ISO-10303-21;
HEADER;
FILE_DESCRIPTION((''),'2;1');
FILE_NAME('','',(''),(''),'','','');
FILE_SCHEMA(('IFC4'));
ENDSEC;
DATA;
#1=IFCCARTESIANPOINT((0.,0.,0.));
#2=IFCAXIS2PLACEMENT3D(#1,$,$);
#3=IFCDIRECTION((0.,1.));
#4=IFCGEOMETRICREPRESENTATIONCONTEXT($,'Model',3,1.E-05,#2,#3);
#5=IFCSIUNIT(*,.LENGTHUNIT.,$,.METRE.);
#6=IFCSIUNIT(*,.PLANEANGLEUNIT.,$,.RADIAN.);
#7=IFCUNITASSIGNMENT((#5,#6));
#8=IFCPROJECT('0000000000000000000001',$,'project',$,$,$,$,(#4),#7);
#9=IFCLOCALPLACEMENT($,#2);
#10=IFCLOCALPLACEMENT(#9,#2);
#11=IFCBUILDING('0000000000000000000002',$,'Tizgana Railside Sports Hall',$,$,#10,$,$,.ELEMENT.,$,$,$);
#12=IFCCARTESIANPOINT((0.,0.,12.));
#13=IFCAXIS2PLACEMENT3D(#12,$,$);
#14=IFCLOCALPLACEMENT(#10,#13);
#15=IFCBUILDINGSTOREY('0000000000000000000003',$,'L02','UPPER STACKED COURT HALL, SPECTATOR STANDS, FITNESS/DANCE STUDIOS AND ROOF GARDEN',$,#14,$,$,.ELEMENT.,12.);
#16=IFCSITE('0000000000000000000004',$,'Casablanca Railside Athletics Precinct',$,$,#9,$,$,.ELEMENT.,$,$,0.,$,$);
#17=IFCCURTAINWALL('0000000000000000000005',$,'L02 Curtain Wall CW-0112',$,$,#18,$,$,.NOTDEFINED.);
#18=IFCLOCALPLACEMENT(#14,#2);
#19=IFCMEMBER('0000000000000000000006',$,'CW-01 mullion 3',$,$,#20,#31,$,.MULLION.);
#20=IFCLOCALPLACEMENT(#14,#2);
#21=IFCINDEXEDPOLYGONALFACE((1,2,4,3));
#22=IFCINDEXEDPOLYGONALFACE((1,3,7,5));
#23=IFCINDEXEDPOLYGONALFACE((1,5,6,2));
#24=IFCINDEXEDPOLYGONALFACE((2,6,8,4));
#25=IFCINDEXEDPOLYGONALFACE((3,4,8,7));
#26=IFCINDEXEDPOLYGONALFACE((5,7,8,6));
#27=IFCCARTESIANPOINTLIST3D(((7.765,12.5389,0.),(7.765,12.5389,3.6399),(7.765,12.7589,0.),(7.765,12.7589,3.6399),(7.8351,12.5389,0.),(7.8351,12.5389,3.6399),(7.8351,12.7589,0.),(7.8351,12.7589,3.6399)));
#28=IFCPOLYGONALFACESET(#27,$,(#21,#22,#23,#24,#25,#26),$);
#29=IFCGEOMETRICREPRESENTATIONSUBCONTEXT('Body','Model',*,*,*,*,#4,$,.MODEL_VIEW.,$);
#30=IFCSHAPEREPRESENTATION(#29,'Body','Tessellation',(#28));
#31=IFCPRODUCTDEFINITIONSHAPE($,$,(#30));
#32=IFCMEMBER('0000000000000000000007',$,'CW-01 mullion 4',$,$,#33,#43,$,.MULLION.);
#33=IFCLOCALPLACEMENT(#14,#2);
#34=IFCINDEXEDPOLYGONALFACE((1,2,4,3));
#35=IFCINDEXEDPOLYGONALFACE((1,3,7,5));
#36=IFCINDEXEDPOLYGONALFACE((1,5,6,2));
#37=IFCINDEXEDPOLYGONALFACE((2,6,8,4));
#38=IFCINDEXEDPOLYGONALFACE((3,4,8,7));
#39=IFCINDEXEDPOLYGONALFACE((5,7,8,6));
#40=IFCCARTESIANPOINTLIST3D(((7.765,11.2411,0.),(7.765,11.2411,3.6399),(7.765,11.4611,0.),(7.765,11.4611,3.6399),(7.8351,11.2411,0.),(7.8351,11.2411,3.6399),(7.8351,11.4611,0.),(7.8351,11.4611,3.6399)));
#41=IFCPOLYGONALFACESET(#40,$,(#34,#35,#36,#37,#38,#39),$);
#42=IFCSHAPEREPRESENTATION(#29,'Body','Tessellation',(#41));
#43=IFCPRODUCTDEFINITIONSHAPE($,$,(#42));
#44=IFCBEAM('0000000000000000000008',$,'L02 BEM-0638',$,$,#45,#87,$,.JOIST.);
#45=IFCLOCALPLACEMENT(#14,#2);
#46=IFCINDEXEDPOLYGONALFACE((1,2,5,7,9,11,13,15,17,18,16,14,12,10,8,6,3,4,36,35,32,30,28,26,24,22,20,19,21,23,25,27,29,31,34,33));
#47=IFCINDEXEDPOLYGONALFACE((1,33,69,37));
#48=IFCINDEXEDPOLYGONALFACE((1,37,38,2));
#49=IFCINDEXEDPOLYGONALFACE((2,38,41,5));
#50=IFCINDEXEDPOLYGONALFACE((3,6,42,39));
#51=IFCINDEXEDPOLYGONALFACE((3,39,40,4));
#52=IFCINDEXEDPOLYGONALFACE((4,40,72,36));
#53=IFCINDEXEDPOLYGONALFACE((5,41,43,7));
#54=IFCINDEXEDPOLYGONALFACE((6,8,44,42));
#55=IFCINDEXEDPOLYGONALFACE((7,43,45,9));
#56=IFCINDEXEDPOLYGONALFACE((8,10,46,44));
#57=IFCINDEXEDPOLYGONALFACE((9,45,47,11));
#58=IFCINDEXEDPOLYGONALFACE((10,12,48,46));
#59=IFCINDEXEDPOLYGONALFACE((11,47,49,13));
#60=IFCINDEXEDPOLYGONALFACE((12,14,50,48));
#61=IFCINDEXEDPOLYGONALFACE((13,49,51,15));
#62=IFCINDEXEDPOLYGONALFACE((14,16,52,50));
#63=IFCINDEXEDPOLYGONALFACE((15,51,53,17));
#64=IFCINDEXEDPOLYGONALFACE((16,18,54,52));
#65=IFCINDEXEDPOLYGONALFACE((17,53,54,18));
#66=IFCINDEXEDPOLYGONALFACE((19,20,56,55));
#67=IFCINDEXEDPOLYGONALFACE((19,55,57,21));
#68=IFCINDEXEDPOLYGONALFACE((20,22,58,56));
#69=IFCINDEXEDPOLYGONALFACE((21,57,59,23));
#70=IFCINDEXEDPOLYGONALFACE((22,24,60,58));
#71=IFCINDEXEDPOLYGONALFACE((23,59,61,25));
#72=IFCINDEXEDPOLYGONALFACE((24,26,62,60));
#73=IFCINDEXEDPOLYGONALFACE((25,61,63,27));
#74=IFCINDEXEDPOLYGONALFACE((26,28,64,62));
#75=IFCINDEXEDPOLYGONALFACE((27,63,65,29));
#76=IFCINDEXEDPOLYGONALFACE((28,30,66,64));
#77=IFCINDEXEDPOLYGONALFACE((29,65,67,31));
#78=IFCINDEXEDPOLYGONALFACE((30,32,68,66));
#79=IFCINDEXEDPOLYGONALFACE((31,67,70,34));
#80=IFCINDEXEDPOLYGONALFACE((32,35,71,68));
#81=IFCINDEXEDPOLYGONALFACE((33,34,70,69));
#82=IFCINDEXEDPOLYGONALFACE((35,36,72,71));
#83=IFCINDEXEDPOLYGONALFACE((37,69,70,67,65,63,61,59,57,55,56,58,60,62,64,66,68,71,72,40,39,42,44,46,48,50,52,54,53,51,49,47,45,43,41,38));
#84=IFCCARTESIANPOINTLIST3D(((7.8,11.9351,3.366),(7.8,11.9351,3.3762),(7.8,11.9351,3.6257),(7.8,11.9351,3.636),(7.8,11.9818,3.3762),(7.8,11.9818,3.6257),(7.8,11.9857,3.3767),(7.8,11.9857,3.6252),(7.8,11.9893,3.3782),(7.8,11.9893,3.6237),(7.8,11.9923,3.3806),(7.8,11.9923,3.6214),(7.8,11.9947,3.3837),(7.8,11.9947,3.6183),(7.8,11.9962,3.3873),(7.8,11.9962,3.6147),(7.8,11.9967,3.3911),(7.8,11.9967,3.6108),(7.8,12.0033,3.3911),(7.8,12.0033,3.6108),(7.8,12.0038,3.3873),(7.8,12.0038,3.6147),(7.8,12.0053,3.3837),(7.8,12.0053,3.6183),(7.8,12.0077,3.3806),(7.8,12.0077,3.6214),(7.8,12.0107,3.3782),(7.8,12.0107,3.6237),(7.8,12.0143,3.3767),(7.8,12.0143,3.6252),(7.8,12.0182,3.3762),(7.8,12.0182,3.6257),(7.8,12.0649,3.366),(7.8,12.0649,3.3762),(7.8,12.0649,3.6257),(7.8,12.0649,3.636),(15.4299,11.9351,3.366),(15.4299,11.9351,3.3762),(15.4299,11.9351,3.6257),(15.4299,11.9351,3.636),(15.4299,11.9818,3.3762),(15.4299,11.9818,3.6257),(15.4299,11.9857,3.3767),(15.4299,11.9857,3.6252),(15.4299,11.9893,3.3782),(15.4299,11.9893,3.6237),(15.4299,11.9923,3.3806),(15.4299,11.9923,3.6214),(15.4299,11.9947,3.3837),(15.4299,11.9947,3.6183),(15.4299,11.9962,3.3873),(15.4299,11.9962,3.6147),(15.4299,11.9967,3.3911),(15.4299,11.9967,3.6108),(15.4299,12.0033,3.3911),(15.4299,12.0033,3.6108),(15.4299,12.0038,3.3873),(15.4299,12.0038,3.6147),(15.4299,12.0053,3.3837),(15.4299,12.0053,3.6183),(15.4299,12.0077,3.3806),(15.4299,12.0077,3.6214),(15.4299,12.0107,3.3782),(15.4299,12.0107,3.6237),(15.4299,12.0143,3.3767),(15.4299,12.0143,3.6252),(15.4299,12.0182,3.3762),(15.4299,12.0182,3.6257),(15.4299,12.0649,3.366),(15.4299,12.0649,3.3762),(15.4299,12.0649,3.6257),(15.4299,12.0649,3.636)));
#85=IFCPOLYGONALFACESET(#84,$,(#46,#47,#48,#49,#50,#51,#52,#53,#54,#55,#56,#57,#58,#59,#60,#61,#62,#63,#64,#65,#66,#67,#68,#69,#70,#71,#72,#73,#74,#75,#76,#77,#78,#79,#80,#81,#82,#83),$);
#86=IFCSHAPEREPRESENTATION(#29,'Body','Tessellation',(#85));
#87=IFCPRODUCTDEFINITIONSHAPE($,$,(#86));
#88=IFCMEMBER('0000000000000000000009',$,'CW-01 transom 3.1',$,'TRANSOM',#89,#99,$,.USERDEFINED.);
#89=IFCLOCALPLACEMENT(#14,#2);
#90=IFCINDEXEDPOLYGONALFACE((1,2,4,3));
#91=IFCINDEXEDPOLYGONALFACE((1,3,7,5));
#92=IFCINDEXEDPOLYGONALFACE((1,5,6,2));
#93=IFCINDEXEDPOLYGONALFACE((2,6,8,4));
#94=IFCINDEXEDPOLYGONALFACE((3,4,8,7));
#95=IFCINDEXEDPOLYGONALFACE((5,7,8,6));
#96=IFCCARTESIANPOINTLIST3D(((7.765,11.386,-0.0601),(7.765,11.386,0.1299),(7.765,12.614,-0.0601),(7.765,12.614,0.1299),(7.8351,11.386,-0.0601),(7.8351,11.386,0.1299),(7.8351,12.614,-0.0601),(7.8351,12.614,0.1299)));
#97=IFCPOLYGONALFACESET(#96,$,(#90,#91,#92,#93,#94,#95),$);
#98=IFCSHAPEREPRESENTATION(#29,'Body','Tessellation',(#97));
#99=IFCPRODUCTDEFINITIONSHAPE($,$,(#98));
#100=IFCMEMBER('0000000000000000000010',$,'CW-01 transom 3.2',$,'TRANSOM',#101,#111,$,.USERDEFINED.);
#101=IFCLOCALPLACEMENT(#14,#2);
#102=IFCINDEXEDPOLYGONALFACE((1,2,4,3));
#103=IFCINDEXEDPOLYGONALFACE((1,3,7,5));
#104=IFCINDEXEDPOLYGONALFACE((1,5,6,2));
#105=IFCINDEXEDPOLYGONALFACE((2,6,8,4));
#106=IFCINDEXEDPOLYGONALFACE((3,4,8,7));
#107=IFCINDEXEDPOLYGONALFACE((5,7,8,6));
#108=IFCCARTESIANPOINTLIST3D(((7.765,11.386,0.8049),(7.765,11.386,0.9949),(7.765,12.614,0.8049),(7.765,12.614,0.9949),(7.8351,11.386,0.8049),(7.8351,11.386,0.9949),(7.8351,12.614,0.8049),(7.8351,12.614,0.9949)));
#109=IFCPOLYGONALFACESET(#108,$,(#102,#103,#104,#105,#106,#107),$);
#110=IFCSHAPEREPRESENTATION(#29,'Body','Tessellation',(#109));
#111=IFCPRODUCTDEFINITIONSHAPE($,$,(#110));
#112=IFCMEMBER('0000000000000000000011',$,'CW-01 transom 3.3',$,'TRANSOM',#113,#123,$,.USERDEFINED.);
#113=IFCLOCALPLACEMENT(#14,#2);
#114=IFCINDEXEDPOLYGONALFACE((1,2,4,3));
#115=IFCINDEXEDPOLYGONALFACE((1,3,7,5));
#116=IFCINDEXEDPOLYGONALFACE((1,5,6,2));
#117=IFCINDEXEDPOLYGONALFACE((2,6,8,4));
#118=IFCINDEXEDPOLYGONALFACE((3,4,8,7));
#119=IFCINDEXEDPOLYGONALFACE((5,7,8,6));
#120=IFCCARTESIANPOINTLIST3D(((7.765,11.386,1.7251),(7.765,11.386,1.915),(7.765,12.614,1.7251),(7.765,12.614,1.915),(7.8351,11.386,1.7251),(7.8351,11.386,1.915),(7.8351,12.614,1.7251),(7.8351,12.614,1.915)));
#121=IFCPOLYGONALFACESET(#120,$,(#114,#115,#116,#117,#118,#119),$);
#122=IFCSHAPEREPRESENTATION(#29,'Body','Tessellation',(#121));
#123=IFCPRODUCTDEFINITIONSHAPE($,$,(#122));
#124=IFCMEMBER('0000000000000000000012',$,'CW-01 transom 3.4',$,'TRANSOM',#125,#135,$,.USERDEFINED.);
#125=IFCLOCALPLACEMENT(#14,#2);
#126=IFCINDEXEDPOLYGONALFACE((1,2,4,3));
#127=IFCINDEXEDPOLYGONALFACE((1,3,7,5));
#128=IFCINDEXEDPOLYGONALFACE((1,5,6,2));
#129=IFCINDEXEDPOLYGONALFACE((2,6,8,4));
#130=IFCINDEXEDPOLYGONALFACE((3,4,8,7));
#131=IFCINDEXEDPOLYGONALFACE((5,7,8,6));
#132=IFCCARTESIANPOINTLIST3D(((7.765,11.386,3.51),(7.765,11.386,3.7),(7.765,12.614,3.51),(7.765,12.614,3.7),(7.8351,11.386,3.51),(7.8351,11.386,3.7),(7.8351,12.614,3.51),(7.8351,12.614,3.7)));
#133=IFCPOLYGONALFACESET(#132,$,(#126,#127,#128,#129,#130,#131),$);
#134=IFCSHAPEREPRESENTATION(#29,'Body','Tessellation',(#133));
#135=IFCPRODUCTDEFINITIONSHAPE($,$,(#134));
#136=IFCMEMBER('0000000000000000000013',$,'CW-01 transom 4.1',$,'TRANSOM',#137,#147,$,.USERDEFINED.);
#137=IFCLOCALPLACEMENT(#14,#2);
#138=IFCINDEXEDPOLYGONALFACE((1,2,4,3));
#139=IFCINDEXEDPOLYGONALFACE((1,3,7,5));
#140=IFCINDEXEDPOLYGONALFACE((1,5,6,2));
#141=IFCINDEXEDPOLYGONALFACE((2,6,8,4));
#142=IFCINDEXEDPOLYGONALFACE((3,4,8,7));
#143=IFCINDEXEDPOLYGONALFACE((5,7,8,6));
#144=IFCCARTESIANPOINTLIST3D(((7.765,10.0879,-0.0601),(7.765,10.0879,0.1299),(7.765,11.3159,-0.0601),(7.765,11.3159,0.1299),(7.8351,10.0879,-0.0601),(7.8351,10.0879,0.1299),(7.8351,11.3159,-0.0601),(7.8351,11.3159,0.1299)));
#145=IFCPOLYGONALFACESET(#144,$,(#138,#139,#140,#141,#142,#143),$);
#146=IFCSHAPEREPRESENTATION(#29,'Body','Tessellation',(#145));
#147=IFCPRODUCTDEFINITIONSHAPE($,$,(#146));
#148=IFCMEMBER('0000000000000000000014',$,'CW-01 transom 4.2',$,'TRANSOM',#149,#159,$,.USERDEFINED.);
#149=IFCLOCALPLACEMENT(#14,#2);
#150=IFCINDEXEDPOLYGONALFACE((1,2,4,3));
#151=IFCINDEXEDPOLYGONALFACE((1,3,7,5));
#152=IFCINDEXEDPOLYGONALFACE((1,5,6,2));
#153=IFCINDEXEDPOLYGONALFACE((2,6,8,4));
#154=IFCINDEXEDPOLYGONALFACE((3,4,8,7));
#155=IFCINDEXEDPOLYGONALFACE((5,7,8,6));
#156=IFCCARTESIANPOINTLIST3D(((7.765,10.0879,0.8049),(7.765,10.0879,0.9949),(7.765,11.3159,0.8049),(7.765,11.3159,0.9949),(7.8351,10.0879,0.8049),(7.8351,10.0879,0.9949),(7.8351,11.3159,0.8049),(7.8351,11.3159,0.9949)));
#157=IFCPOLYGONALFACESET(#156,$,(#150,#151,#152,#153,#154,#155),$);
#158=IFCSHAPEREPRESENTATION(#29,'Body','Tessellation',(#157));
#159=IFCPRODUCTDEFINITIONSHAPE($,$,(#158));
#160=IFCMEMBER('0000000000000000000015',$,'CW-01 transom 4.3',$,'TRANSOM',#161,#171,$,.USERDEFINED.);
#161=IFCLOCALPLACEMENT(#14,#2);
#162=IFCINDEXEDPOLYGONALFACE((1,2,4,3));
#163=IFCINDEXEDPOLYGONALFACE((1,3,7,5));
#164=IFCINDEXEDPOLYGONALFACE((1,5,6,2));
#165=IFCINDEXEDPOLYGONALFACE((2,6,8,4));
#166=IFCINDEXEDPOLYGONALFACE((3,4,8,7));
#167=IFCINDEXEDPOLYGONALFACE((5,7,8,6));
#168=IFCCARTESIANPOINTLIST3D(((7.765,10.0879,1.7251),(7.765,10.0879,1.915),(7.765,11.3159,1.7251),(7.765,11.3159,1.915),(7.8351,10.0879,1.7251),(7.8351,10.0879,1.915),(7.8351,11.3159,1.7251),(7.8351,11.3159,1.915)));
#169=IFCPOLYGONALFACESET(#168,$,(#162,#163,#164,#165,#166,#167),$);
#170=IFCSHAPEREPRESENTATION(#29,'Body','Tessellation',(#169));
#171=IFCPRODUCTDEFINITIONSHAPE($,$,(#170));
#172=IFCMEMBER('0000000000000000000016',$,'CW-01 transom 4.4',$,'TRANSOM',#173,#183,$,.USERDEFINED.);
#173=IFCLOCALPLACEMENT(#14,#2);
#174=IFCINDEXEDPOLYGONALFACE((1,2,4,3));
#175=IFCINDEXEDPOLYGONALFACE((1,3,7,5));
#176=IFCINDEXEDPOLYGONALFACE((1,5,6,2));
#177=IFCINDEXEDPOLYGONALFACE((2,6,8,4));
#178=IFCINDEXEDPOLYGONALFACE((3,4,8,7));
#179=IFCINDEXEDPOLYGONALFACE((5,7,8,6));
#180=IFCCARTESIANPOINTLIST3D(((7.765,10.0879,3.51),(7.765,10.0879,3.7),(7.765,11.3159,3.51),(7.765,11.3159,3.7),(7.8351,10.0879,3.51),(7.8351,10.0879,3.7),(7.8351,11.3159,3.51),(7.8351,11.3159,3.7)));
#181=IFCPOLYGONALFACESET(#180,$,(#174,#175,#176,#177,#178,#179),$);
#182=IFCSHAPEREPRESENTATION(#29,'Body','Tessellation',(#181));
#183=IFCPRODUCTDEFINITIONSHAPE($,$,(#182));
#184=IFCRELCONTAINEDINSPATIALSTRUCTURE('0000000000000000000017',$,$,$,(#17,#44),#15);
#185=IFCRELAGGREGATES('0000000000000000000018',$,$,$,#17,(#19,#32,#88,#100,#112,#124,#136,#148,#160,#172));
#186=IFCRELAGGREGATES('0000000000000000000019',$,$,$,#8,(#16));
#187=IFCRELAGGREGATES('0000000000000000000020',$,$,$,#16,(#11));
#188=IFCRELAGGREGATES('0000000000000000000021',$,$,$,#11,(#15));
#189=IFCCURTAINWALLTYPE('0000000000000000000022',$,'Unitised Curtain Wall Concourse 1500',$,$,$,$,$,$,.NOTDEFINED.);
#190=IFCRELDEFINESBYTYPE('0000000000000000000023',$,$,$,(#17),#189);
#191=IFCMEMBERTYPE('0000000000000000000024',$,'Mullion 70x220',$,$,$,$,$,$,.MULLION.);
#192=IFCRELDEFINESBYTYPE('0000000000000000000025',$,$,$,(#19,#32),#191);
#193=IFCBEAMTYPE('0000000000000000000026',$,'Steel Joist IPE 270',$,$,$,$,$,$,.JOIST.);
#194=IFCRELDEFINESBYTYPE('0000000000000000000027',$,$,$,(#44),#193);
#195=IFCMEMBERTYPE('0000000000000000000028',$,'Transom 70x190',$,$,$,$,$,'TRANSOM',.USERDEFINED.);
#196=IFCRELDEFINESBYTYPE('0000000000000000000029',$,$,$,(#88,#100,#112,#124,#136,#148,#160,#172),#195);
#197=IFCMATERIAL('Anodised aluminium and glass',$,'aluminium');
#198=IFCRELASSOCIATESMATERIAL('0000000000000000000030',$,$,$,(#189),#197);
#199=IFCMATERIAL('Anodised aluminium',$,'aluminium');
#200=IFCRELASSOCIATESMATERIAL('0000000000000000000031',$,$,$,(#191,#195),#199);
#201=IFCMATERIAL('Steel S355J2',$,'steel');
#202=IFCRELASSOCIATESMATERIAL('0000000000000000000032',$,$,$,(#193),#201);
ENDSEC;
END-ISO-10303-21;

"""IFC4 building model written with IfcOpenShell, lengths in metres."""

from ifc_helpers import new_model, si_unit, direction, frame, origin, origin_2d, place, context, subcontext, project, spatial, rectangle, i_section, extrude, material, material_profile, profile_set, type_object, element, aggregate, save


model = new_model("IFC4")

# Units and contexts
model_context = context("Model", 3, precision=1e-05, world=origin(), true_north=direction((0.0, 1.0)))
body_context = subcontext(model_context, "Body", "Model", "MODEL_VIEW")
ifc_project = project(units=[si_unit("LENGTHUNIT", "METRE"), si_unit("PLANEANGLEUNIT", "RADIAN")], contexts=[model_context])

# Site, building, storey
site_placement = place(None, origin())
site = spatial("IfcSite", under=ifc_project, at=site_placement, Name="Casablanca Railside Athletics Precinct", CompositionType="ELEMENT", RefElevation=0.0)
building_placement = place(site_placement, origin())
building = spatial("IfcBuilding", under=site, at=building_placement, Name="Tizgana Railside Sports Hall", CompositionType="ELEMENT")
storey_placement = place(building_placement, frame((0.0, 0.0, 12.0)))
storey = spatial("IfcBuildingStorey", under=building, at=storey_placement, Name="L02", Description="UPPER STACKED COURT HALL, SPECTATOR STANDS, FITNESS/DANCE STUDIOS AND ROOF GARDEN", CompositionType="ELEMENT", Elevation=12.0)

# Curtain wall, members
ifc_material_1 = material(Name="Anodised aluminium and glass", Category="aluminium")
curtain_wall_type = type_object("IfcCurtainWallType", Name="Unitised Curtain Wall Concourse 1500", PredefinedType="NOTDEFINED", material=ifc_material_1)
curtain_wall_placement = place(storey_placement, origin())
curtain_wall = element("IfcCurtainWall", 1, at=curtain_wall_placement, inside=storey, type_object=curtain_wall_type, Name="L02 Curtain Wall CW-0112", PredefinedType="NOTDEFINED")
ifc_material_2 = material(Name="Anodised aluminium", Category="aluminium")
ifc_material_profile_1 = material_profile(ifc_material_2, rectangle(XDim=0.0701, YDim=0.22, at=origin_2d()), Name="Mullion 70x220")
ifc_profile_set_1 = profile_set([ifc_material_profile_1], Name="Anodised aluminium")
member_type_1 = type_object("IfcMemberType", Name="Mullion 70x220", PredefinedType="MULLION", material=ifc_profile_set_1)
member_1_placement = place(storey_placement, frame((7.8, 12.6489, 0.0), z_axis=(0.0, 0.0, 1.0), x_axis=(1.0, 0.0, 0.0)))
member_1 = element("IfcMember", 2, at=member_1_placement, type_object=member_type_1, Name="CW-01 mullion 3", PredefinedType="MULLION", context=body_context, shape_type="SweptSolid", body=[
    extrude(rectangle(XDim=0.0701, YDim=0.22, at=origin_2d()), origin(), (0.0, 0.0, 1.0), 3.6399),
])
member_2_placement = place(storey_placement, frame((7.8, 11.3511, 0.0), z_axis=(0.0, 0.0, 1.0), x_axis=(1.0, 0.0, 0.0)))
member_2 = element("IfcMember", 3, at=member_2_placement, type_object=member_type_1, Name="CW-01 mullion 4", PredefinedType="MULLION", context=body_context, shape_type="SweptSolid", body=[
    extrude(rectangle(XDim=0.0701, YDim=0.22, at=origin_2d()), origin(), (0.0, 0.0, 1.0), 3.6399),
])

# Beam
ifc_material_3 = material(Name="Steel S355J2", Category="steel")
ifc_material_profile_2 = material_profile(ifc_material_3, i_section(OverallWidth=0.1299, OverallDepth=0.27, WebThickness=0.0066, FlangeThickness=0.0103, FilletRadius=0.0149, at=origin_2d()), Name="IPE 270")
ifc_profile_set_2 = profile_set([ifc_material_profile_2], Name="Steel S355J2")
beam_type = type_object("IfcBeamType", Name="Steel Joist IPE 270", PredefinedType="JOIST", material=ifc_profile_set_2)
beam_placement = place(storey_placement, frame((7.8, 12.0, 3.501), z_axis=(1.0, 0.0, 0.0), x_axis=(0.0, 1.0, 0.0)))
element("IfcBeam", 4, at=beam_placement, inside=storey, type_object=beam_type, Name="L02 BEM-0638", PredefinedType="JOIST", context=body_context, shape_type="SweptSolid", body=[
    extrude(i_section(OverallWidth=0.1299, OverallDepth=0.27, WebThickness=0.0066, FlangeThickness=0.0103, FilletRadius=0.0149, at=origin_2d()), origin(), (0.0, 0.0, 1.0), 7.6299),
])

# Members
ifc_material_profile_3 = material_profile(ifc_material_2, rectangle(XDim=0.0701, YDim=0.1899, at=origin_2d()), Name="Transom 70x190")
ifc_profile_set_3 = profile_set([ifc_material_profile_3], Name="Anodised aluminium")
member_type_2 = type_object("IfcMemberType", Name="Transom 70x190", ElementType="TRANSOM", PredefinedType="USERDEFINED", material=ifc_profile_set_3)
member_3_placement = place(storey_placement, frame((7.8, 12.614, 0.0349), z_axis=(0.0, -1.0, 0.0), x_axis=(1.0, 0.0, 0.0)))
member_3 = element("IfcMember", 5, at=member_3_placement, type_object=member_type_2, Name="CW-01 transom 3.1", ObjectType="TRANSOM", PredefinedType="USERDEFINED", context=body_context, shape_type="SweptSolid", body=[
    extrude(rectangle(XDim=0.0701, YDim=0.1899, at=origin_2d()), origin(), (0.0, 0.0, 1.0), 1.228),
])
member_4_placement = place(storey_placement, frame((7.8, 12.614, 0.8999), z_axis=(0.0, -1.0, 0.0), x_axis=(1.0, 0.0, 0.0)))
member_4 = element("IfcMember", 6, at=member_4_placement, type_object=member_type_2, Name="CW-01 transom 3.2", ObjectType="TRANSOM", PredefinedType="USERDEFINED", context=body_context, shape_type="SweptSolid", body=[
    extrude(rectangle(XDim=0.0701, YDim=0.1899, at=origin_2d()), origin(), (0.0, 0.0, 1.0), 1.228),
])
member_5_placement = place(storey_placement, frame((7.8, 12.614, 1.8201), z_axis=(0.0, -1.0, 0.0), x_axis=(1.0, 0.0, 0.0)))
member_5 = element("IfcMember", 7, at=member_5_placement, type_object=member_type_2, Name="CW-01 transom 3.3", ObjectType="TRANSOM", PredefinedType="USERDEFINED", context=body_context, shape_type="SweptSolid", body=[
    extrude(rectangle(XDim=0.0701, YDim=0.1899, at=origin_2d()), origin(), (0.0, 0.0, 1.0), 1.228),
])
member_6_placement = place(storey_placement, frame((7.8, 12.614, 3.605), z_axis=(0.0, -1.0, 0.0), x_axis=(1.0, 0.0, 0.0)))
member_6 = element("IfcMember", 8, at=member_6_placement, type_object=member_type_2, Name="CW-01 transom 3.4", ObjectType="TRANSOM", PredefinedType="USERDEFINED", context=body_context, shape_type="SweptSolid", body=[
    extrude(rectangle(XDim=0.0701, YDim=0.1899, at=origin_2d()), origin(), (0.0, 0.0, 1.0), 1.228),
])
member_7_placement = place(storey_placement, frame((7.8, 11.3159, 0.0349), z_axis=(0.0, -1.0, 0.0), x_axis=(1.0, 0.0, 0.0)))
member_7 = element("IfcMember", 9, at=member_7_placement, type_object=member_type_2, Name="CW-01 transom 4.1", ObjectType="TRANSOM", PredefinedType="USERDEFINED", context=body_context, shape_type="SweptSolid", body=[
    extrude(rectangle(XDim=0.0701, YDim=0.1899, at=origin_2d()), origin(), (0.0, 0.0, 1.0), 1.228),
])
member_8_placement = place(storey_placement, frame((7.8, 11.3159, 0.8999), z_axis=(0.0, -1.0, 0.0), x_axis=(1.0, 0.0, 0.0)))
member_8 = element("IfcMember", 10, at=member_8_placement, type_object=member_type_2, Name="CW-01 transom 4.2", ObjectType="TRANSOM", PredefinedType="USERDEFINED", context=body_context, shape_type="SweptSolid", body=[
    extrude(rectangle(XDim=0.0701, YDim=0.1899, at=origin_2d()), origin(), (0.0, 0.0, 1.0), 1.228),
])
member_9_placement = place(storey_placement, frame((7.8, 11.3159, 1.8201), z_axis=(0.0, -1.0, 0.0), x_axis=(1.0, 0.0, 0.0)))
member_9 = element("IfcMember", 11, at=member_9_placement, type_object=member_type_2, Name="CW-01 transom 4.3", ObjectType="TRANSOM", PredefinedType="USERDEFINED", context=body_context, shape_type="SweptSolid", body=[
    extrude(rectangle(XDim=0.0701, YDim=0.1899, at=origin_2d()), origin(), (0.0, 0.0, 1.0), 1.228),
])
member_10_placement = place(storey_placement, frame((7.8, 11.3159, 3.605), z_axis=(0.0, -1.0, 0.0), x_axis=(1.0, 0.0, 0.0)))
member_10 = element("IfcMember", 12, at=member_10_placement, type_object=member_type_2, Name="CW-01 transom 4.4", ObjectType="TRANSOM", PredefinedType="USERDEFINED", context=body_context, shape_type="SweptSolid", body=[
    extrude(rectangle(XDim=0.0701, YDim=0.1899, at=origin_2d()), origin(), (0.0, 0.0, 1.0), 1.228),
])

aggregate(curtain_wall, [member_1, member_2, member_3, member_4, member_5, member_6, member_7, member_8, member_9, member_10])

save(model, "model.ifc")
